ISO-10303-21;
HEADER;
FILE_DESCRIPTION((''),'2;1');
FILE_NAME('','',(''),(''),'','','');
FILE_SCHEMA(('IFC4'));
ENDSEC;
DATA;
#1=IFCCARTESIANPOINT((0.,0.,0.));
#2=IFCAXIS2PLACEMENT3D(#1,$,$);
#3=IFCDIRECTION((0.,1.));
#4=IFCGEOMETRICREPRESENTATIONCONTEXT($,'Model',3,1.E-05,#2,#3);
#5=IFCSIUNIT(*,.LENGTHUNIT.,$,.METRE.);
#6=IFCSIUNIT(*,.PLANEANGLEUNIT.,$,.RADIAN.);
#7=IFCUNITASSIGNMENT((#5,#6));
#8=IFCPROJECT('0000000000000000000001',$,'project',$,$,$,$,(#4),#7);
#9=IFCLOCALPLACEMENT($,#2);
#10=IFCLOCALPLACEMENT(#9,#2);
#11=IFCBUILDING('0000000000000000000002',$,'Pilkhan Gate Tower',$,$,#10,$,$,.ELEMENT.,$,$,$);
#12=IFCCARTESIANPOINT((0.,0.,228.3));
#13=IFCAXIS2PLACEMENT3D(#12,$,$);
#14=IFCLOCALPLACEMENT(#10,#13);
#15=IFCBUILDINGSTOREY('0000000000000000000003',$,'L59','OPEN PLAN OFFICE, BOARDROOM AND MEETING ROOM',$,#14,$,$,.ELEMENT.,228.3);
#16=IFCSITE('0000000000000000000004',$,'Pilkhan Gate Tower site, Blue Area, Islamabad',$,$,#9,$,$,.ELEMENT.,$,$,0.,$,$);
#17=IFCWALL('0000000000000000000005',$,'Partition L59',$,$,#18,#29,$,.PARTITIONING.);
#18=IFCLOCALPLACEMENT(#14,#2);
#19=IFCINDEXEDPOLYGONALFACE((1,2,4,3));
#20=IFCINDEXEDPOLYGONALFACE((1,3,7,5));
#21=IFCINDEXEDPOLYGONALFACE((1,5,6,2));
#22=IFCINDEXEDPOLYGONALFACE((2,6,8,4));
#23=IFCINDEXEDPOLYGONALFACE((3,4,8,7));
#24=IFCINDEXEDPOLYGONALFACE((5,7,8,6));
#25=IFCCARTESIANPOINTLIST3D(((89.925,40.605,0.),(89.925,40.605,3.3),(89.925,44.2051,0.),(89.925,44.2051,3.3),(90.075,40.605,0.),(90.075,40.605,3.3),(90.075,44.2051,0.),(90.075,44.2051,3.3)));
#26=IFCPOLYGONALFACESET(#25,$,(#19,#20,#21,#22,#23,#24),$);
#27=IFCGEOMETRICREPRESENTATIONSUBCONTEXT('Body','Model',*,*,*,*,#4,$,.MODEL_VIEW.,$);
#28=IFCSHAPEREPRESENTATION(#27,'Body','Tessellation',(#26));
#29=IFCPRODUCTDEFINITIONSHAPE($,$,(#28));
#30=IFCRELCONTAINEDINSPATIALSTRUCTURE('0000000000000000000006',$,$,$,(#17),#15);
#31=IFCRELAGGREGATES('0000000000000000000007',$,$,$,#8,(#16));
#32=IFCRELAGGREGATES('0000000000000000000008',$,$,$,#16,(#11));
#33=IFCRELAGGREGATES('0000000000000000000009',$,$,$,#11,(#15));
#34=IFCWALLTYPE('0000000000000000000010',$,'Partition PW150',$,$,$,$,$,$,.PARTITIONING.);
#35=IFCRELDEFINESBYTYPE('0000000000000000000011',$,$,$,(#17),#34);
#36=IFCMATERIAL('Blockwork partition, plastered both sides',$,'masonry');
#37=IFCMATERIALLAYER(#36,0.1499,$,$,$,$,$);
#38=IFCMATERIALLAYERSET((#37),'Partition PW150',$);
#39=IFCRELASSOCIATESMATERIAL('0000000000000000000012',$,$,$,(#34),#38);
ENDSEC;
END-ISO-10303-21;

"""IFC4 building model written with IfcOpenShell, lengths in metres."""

from ifc_helpers import new_model, si_unit, direction, frame, frame_2d, origin, place, context, subcontext, project, spatial, rectangle, extrude, material, layer, layer_set, type_object, element, save


model = new_model("IFC4")

# Units and contexts
model_context = context("Model", 3, precision=1e-05, world=origin(), true_north=direction((0.0, 1.0)))
body_context = subcontext(model_context, "Body", "Model", "MODEL_VIEW")
ifc_project = project(units=[si_unit("LENGTHUNIT", "METRE"), si_unit("PLANEANGLEUNIT", "RADIAN")], contexts=[model_context])

# Site, building, storey
site_placement = place(None, origin())
site = spatial("IfcSite", under=ifc_project, at=site_placement, Name="Pilkhan Gate Tower site, Blue Area, Islamabad", CompositionType="ELEMENT", RefElevation=0.0)
building_placement = place(site_placement, origin())
building = spatial("IfcBuilding", under=site, at=building_placement, Name="Pilkhan Gate Tower", CompositionType="ELEMENT")
storey_placement = place(building_placement, frame((0.0, 0.0, 228.3)))
storey = spatial("IfcBuildingStorey", under=building, at=storey_placement, Name="L59", Description="OPEN PLAN OFFICE, BOARDROOM AND MEETING ROOM", CompositionType="ELEMENT", Elevation=228.3)

# Wall
ifc_material_1 = material(Name="Blockwork partition, plastered both sides", Category="masonry")
ifc_layer_1 = layer(ifc_material_1, 0.1499)
ifc_layer_set_1 = layer_set([ifc_layer_1], Name="Partition PW150")
wall_type_1 = type_object("IfcWallType", Name="Partition PW150", PredefinedType="PARTITIONING", material=ifc_layer_set_1)
wall_1_placement = place(storey_placement, frame((90.0, 40.605, 0.0), z_axis=(0.0, 0.0, 1.0), x_axis=(0.0, 1.0, 0.0)))
element("IfcWall", 1, at=wall_1_placement, inside=storey, type_object=wall_type_1, Name="Partition L59", PredefinedType="PARTITIONING", context=body_context, shape_type="SweptSolid", body=[
    extrude(rectangle(XDim=3.6001, YDim=0.1499, at=frame_2d((1.8, 0.0))), origin(), (0.0, 0.0, 1.0), 3.3),
])

save(model, "model.ifc")
